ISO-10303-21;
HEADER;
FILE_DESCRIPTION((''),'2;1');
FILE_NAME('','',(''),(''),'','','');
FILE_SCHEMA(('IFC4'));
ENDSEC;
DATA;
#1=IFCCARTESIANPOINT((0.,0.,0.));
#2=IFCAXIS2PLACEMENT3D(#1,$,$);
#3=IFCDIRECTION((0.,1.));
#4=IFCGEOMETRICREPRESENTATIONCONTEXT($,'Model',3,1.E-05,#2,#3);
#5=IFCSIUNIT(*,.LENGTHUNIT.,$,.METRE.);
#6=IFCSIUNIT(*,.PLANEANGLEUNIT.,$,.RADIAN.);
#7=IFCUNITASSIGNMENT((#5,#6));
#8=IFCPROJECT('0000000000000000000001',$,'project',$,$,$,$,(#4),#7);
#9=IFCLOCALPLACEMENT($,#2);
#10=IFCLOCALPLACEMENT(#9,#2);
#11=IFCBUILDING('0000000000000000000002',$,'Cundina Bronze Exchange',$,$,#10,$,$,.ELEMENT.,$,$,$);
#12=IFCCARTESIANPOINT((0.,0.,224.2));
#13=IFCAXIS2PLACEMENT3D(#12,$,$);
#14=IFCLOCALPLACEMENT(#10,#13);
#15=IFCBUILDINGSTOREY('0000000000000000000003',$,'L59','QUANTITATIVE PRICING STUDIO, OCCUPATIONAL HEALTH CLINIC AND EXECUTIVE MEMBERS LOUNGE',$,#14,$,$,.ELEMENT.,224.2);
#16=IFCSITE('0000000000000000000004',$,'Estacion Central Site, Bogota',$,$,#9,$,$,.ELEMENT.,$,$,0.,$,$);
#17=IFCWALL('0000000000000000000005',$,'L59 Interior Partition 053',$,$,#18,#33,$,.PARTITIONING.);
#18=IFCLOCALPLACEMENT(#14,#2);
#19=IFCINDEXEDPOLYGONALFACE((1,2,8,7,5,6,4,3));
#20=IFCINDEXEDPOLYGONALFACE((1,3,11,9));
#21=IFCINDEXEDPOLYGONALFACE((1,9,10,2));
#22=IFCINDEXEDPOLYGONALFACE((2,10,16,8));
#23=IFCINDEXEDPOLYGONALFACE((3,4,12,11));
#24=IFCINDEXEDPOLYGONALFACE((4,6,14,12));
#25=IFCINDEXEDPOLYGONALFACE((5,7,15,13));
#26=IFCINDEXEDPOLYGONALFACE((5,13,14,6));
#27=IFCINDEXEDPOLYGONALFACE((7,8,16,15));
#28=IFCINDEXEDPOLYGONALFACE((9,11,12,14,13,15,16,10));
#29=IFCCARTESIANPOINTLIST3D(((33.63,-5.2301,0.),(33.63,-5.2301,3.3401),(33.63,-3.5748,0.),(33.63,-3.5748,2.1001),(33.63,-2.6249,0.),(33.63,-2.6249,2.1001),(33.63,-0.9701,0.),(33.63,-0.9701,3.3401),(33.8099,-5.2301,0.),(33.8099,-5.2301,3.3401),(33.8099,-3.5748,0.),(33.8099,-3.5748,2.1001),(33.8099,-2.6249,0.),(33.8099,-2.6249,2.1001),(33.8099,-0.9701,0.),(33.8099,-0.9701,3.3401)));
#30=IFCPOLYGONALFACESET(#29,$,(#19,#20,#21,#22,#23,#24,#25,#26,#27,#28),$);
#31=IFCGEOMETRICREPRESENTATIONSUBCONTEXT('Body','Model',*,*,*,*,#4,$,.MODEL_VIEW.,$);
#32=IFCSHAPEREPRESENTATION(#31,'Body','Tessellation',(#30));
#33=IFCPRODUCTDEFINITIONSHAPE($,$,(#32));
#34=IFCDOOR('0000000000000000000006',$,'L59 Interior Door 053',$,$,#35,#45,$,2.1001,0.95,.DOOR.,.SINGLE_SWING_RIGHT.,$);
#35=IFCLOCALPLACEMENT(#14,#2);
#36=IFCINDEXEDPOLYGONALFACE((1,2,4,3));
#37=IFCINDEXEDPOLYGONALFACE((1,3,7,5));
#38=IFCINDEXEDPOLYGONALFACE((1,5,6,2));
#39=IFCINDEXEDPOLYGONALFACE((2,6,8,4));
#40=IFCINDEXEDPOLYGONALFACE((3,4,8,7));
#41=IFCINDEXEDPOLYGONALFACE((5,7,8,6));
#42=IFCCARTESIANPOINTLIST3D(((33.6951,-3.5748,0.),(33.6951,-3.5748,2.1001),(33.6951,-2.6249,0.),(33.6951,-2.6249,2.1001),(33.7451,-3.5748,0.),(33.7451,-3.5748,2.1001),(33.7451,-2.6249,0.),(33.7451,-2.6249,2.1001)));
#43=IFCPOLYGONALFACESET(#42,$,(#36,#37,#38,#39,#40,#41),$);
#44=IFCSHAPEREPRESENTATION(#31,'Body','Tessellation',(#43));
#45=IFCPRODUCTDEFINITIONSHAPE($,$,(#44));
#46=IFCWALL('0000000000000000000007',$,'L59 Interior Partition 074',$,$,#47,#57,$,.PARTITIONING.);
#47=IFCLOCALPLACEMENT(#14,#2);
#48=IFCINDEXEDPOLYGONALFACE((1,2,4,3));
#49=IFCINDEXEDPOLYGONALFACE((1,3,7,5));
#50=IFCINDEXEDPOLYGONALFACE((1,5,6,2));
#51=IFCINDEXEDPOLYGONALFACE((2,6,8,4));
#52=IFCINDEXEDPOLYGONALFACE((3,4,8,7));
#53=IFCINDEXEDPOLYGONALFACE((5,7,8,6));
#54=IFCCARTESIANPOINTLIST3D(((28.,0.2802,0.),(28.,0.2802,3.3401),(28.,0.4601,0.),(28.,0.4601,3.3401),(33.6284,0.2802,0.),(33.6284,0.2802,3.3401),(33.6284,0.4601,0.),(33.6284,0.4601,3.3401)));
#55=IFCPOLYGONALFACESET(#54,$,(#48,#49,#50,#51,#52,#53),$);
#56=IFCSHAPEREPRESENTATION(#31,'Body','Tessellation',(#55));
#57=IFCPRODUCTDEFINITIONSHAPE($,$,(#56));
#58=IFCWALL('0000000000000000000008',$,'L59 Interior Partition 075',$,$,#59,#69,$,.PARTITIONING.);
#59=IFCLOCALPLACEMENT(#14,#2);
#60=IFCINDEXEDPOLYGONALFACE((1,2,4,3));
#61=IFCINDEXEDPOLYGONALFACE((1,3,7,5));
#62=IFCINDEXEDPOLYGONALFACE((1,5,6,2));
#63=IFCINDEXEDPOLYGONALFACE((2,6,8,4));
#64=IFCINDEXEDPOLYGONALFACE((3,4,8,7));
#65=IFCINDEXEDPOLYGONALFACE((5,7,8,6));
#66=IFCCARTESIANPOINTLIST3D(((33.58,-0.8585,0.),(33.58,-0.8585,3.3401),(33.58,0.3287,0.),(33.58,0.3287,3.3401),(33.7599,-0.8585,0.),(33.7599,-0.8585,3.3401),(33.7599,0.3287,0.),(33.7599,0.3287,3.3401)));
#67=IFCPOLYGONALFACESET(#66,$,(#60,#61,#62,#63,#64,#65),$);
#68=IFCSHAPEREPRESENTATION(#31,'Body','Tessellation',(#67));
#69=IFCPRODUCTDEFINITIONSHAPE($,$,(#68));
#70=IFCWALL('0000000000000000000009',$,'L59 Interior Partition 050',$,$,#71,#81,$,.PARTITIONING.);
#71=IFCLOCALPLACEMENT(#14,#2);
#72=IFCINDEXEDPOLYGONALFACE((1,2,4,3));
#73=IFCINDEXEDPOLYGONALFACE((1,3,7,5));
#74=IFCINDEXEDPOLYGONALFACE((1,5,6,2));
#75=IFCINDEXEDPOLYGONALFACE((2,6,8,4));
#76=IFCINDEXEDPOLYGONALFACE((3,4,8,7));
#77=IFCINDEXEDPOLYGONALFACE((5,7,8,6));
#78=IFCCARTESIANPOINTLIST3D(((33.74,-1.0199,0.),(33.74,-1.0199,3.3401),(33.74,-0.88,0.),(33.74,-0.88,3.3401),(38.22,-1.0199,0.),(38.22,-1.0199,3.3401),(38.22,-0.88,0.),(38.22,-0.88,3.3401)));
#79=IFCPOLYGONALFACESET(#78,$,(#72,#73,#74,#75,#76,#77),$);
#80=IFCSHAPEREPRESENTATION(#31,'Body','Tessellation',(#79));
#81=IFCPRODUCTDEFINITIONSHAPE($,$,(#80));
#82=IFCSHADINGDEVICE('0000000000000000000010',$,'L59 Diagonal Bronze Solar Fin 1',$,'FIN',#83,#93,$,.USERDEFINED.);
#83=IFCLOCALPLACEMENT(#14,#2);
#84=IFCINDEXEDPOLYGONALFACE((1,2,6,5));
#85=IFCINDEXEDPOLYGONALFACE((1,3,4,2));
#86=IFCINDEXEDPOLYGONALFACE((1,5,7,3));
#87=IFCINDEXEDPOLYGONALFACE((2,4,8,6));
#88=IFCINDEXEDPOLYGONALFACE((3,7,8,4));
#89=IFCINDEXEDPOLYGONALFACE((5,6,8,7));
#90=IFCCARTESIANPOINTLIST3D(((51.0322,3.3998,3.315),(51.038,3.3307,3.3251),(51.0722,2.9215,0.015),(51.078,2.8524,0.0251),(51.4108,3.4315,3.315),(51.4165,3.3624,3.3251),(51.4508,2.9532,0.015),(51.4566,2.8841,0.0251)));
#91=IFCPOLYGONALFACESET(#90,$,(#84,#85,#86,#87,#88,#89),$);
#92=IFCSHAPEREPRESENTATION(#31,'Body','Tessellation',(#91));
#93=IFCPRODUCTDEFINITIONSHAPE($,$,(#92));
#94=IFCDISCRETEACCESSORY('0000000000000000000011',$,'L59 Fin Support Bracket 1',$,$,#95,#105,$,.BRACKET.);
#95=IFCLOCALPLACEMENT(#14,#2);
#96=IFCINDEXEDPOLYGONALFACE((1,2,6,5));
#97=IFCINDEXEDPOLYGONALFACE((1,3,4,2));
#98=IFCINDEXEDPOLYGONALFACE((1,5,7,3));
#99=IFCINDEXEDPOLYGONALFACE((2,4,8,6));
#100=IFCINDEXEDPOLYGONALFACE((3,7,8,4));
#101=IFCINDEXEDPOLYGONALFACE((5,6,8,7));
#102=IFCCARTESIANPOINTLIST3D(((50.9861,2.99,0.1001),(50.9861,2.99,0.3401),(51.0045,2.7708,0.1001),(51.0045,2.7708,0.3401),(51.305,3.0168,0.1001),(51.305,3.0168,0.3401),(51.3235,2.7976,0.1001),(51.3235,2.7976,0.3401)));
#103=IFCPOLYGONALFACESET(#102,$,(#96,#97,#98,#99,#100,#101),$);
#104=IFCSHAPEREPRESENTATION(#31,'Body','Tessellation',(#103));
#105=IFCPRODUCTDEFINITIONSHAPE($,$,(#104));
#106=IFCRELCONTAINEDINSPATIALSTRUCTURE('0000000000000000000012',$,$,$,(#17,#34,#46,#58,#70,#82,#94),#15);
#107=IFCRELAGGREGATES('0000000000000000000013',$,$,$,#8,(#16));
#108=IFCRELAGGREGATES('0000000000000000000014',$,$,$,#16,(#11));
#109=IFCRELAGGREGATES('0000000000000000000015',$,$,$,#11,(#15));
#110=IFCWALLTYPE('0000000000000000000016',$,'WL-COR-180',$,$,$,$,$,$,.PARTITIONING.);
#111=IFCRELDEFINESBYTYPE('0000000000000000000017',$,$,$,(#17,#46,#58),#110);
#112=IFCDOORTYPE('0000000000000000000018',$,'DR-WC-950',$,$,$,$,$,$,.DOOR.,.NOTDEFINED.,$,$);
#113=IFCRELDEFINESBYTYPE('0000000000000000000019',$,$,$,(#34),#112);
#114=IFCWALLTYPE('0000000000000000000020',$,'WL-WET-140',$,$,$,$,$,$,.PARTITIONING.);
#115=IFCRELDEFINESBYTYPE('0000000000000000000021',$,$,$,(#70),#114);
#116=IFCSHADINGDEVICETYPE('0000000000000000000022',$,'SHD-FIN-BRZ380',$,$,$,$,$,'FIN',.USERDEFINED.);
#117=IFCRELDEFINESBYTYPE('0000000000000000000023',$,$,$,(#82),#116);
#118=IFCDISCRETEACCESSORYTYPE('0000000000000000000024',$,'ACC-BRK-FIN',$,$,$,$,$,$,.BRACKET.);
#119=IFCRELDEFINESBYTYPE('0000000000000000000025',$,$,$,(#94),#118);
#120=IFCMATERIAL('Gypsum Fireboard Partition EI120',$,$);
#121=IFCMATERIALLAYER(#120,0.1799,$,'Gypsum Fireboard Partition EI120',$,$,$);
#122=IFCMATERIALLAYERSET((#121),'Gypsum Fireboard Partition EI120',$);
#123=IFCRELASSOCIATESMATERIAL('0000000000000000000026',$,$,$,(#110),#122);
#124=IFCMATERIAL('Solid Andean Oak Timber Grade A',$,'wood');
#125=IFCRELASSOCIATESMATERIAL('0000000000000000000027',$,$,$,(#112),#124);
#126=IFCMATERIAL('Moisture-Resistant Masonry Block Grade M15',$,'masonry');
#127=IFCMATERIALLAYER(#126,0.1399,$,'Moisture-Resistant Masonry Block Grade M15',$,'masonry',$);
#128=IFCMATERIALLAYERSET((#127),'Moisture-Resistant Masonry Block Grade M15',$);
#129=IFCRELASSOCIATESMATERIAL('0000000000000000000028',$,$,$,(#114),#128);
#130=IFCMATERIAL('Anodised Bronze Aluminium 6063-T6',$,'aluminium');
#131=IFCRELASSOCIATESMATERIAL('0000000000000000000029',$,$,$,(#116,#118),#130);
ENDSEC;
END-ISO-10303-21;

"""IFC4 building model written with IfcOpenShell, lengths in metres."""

from ifc_helpers import new_model, si_unit, direction, frame, frame_2d, origin, origin_2d, place, context, subcontext, project, spatial, rectangle, extrude, material, layer, layer_set, material_profile, profile_set, type_object, element, fill, save


model = new_model("IFC4")

# Units and contexts
model_context = context("Model", 3, precision=1e-05, world=origin(), true_north=direction((0.0, 1.0)))
body_context = subcontext(model_context, "Body", "Model", "MODEL_VIEW")
ifc_project = project(units=[si_unit("LENGTHUNIT", "METRE"), si_unit("PLANEANGLEUNIT", "RADIAN")], contexts=[model_context])

# Site, building, storey
site_placement = place(None, origin())
site = spatial("IfcSite", under=ifc_project, at=site_placement, Name="Estacion Central Site, Bogota", CompositionType="ELEMENT", RefElevation=0.0)
building_placement = place(site_placement, origin())
building = spatial("IfcBuilding", under=site, at=building_placement, Name="Cundina Bronze Exchange", CompositionType="ELEMENT")
storey_placement = place(building_placement, frame((0.0, 0.0, 224.2)))
storey = spatial("IfcBuildingStorey", under=building, at=storey_placement, Name="L59", Description="QUANTITATIVE PRICING STUDIO, OCCUPATIONAL HEALTH CLINIC AND EXECUTIVE MEMBERS LOUNGE", CompositionType="ELEMENT", Elevation=224.2)

# Shared definitions
ifc_material_1 = material(Name="Anodised Bronze Aluminium 6063-T6", Category="aluminium")

# Wall, opening, door
ifc_material_2 = material(Name="Gypsum Fireboard Partition EI120")
ifc_layer_1 = layer(ifc_material_2, 0.1799, Name="Gypsum Fireboard Partition EI120")
ifc_layer_set_1 = layer_set([ifc_layer_1], Name="Gypsum Fireboard Partition EI120")
wall_type_1 = type_object("IfcWallType", Name="WL-COR-180", PredefinedType="PARTITIONING", material=ifc_layer_set_1)
wall_1_placement = place(storey_placement, frame((33.72, -5.23, 0.0), z_axis=(0.0, 0.0, 1.0), x_axis=(0.0, 1.0, 0.0)))
wall_1 = element("IfcWall", 1, at=wall_1_placement, inside=storey, type_object=wall_type_1, Name="L59 Interior Partition 053", PredefinedType="PARTITIONING", context=body_context, shape_type="SweptSolid", body=[
    extrude(rectangle(XDim=4.26, YDim=0.1799, at=frame_2d((2.1299, 0.0))), origin(), (0.0, 0.0, 1.0), 3.3401),
])
opening_placement = place(wall_1_placement, frame((1.655, 0.0, 0.0)))
opening = element("IfcOpeningElement", 2, at=opening_placement, cuts=wall_1, PredefinedType="OPENING", context=body_context, shape_type="SweptSolid", body=[
    extrude(rectangle(XDim=0.95, YDim=2.1001, at=frame_2d((0.4751, 1.05))), frame((0.0, 0.0999, 0.0), z_axis=(0.0, -1.0, 0.0), x_axis=(1.0, 0.0, 0.0)), (0.0, 0.0, 1.0), 0.2),
])
ifc_material_3 = material(Name="Solid Andean Oak Timber Grade A", Category="wood")
door_type = type_object("IfcDoorType", Name="DR-WC-950", OperationType="NOTDEFINED", PredefinedType="DOOR", material=ifc_material_3)
door_placement = place(opening_placement, origin())
door = element("IfcDoor", 3, at=door_placement, inside=storey, type_object=door_type, Name="L59 Interior Door 053", OperationType="SINGLE_SWING_RIGHT", OverallHeight=2.1001, OverallWidth=0.95, PredefinedType="DOOR", context=body_context, shape_type="SweptSolid", body=[
    extrude(rectangle(XDim=0.95, YDim=2.1001, at=frame_2d((0.4751, 1.05))), frame((0.0, 0.0249, 0.0), z_axis=(0.0, -1.0, 0.0), x_axis=(1.0, 0.0, 0.0)), (0.0, 0.0, 1.0), 0.05),
])
fill(opening, door)

# Walls
wall_2_placement = place(storey_placement, frame((33.6284, 0.3701, 0.0), z_axis=(0.0, 0.0, 1.0), x_axis=(-1.0, 0.0, 0.0)))
element("IfcWall", 4, at=wall_2_placement, inside=storey, type_object=wall_type_1, Name="L59 Interior Partition 074", PredefinedType="PARTITIONING", context=body_context, shape_type="SweptSolid", body=[
    extrude(rectangle(XDim=5.6284, YDim=0.1799, at=frame_2d((2.8142, 0.0))), origin(), (0.0, 0.0, 1.0), 3.3401),
])
wall_3_placement = place(storey_placement, frame((33.6699, -0.8586, 0.0), z_axis=(0.0, 0.0, 1.0), x_axis=(0.0, 1.0, 0.0)))
element("IfcWall", 5, at=wall_3_placement, inside=storey, type_object=wall_type_1, Name="L59 Interior Partition 075", PredefinedType="PARTITIONING", context=body_context, shape_type="SweptSolid", body=[
    extrude(rectangle(XDim=1.1873, YDim=0.1799, at=frame_2d((0.5938, 0.0))), origin(), (0.0, 0.0, 1.0), 3.3401),
])
ifc_material_4 = material(Name="Moisture-Resistant Masonry Block Grade M15", Category="masonry")
ifc_layer_2 = layer(ifc_material_4, 0.1399, Name="Moisture-Resistant Masonry Block Grade M15", Category="masonry")
ifc_layer_set_2 = layer_set([ifc_layer_2], Name="Moisture-Resistant Masonry Block Grade M15")
wall_type_2 = type_object("IfcWallType", Name="WL-WET-140", PredefinedType="PARTITIONING", material=ifc_layer_set_2)
wall_4_placement = place(storey_placement, frame((33.74, -0.95, 0.0), z_axis=(0.0, 0.0, 1.0), x_axis=(1.0, 0.0, 0.0)))
element("IfcWall", 6, at=wall_4_placement, inside=storey, type_object=wall_type_2, Name="L59 Interior Partition 050", PredefinedType="PARTITIONING", context=body_context, shape_type="SweptSolid", body=[
    extrude(rectangle(XDim=4.48, YDim=0.1399, at=frame_2d((2.24, 0.0))), origin(), (0.0, 0.0, 1.0), 3.3401),
])

# Shading device
ifc_material_profile_1 = material_profile(ifc_material_1, rectangle(XDim=0.0701, YDim=0.3799, at=origin_2d()), Name="FIN70X380", Category="aluminium")
ifc_profile_set_1 = profile_set([ifc_material_profile_1], Name="Anodised Bronze Aluminium 6063-T6")
shading_device_type = type_object("IfcShadingDeviceType", Name="SHD-FIN-BRZ380", ElementType="FIN", PredefinedType="USERDEFINED", material=ifc_profile_set_1)
shading_device_placement = place(storey_placement, frame((51.2644, 2.9028, 0.02), z_axis=(-0.012007, 0.14342, 0.989589), x_axis=(0.082556, -0.98614, 0.143921)))
element("IfcShadingDevice", 7, at=shading_device_placement, inside=storey, type_object=shading_device_type, Name="L59 Diagonal Bronze Solar Fin 1", ObjectType="FIN", PredefinedType="USERDEFINED", context=body_context, shape_type="SweptSolid", body=[
    extrude(rectangle(XDim=0.0701, YDim=0.3799, at=origin_2d()), origin(), (0.0, 0.0, 1.0), 3.3347),
])

# Discrete accessory
discrete_accessory_type = type_object("IfcDiscreteAccessoryType", Name="ACC-BRK-FIN", PredefinedType="BRACKET", material=ifc_material_1)
discrete_accessory_placement = place(storey_placement, frame((51.1548, 2.8938, 0.1001), z_axis=(0.0, 0.0, 1.0), x_axis=(-0.083747, 0.996487, 0.0)))
element("IfcDiscreteAccessory", 8, at=discrete_accessory_placement, inside=storey, type_object=discrete_accessory_type, Name="L59 Fin Support Bracket 1", PredefinedType="BRACKET", context=body_context, shape_type="SweptSolid", body=[
    extrude(rectangle(XDim=0.22, YDim=0.3201, at=origin_2d()), origin(), (0.0, 0.0, 1.0), 0.24),
])

save(model, "model.ifc")
